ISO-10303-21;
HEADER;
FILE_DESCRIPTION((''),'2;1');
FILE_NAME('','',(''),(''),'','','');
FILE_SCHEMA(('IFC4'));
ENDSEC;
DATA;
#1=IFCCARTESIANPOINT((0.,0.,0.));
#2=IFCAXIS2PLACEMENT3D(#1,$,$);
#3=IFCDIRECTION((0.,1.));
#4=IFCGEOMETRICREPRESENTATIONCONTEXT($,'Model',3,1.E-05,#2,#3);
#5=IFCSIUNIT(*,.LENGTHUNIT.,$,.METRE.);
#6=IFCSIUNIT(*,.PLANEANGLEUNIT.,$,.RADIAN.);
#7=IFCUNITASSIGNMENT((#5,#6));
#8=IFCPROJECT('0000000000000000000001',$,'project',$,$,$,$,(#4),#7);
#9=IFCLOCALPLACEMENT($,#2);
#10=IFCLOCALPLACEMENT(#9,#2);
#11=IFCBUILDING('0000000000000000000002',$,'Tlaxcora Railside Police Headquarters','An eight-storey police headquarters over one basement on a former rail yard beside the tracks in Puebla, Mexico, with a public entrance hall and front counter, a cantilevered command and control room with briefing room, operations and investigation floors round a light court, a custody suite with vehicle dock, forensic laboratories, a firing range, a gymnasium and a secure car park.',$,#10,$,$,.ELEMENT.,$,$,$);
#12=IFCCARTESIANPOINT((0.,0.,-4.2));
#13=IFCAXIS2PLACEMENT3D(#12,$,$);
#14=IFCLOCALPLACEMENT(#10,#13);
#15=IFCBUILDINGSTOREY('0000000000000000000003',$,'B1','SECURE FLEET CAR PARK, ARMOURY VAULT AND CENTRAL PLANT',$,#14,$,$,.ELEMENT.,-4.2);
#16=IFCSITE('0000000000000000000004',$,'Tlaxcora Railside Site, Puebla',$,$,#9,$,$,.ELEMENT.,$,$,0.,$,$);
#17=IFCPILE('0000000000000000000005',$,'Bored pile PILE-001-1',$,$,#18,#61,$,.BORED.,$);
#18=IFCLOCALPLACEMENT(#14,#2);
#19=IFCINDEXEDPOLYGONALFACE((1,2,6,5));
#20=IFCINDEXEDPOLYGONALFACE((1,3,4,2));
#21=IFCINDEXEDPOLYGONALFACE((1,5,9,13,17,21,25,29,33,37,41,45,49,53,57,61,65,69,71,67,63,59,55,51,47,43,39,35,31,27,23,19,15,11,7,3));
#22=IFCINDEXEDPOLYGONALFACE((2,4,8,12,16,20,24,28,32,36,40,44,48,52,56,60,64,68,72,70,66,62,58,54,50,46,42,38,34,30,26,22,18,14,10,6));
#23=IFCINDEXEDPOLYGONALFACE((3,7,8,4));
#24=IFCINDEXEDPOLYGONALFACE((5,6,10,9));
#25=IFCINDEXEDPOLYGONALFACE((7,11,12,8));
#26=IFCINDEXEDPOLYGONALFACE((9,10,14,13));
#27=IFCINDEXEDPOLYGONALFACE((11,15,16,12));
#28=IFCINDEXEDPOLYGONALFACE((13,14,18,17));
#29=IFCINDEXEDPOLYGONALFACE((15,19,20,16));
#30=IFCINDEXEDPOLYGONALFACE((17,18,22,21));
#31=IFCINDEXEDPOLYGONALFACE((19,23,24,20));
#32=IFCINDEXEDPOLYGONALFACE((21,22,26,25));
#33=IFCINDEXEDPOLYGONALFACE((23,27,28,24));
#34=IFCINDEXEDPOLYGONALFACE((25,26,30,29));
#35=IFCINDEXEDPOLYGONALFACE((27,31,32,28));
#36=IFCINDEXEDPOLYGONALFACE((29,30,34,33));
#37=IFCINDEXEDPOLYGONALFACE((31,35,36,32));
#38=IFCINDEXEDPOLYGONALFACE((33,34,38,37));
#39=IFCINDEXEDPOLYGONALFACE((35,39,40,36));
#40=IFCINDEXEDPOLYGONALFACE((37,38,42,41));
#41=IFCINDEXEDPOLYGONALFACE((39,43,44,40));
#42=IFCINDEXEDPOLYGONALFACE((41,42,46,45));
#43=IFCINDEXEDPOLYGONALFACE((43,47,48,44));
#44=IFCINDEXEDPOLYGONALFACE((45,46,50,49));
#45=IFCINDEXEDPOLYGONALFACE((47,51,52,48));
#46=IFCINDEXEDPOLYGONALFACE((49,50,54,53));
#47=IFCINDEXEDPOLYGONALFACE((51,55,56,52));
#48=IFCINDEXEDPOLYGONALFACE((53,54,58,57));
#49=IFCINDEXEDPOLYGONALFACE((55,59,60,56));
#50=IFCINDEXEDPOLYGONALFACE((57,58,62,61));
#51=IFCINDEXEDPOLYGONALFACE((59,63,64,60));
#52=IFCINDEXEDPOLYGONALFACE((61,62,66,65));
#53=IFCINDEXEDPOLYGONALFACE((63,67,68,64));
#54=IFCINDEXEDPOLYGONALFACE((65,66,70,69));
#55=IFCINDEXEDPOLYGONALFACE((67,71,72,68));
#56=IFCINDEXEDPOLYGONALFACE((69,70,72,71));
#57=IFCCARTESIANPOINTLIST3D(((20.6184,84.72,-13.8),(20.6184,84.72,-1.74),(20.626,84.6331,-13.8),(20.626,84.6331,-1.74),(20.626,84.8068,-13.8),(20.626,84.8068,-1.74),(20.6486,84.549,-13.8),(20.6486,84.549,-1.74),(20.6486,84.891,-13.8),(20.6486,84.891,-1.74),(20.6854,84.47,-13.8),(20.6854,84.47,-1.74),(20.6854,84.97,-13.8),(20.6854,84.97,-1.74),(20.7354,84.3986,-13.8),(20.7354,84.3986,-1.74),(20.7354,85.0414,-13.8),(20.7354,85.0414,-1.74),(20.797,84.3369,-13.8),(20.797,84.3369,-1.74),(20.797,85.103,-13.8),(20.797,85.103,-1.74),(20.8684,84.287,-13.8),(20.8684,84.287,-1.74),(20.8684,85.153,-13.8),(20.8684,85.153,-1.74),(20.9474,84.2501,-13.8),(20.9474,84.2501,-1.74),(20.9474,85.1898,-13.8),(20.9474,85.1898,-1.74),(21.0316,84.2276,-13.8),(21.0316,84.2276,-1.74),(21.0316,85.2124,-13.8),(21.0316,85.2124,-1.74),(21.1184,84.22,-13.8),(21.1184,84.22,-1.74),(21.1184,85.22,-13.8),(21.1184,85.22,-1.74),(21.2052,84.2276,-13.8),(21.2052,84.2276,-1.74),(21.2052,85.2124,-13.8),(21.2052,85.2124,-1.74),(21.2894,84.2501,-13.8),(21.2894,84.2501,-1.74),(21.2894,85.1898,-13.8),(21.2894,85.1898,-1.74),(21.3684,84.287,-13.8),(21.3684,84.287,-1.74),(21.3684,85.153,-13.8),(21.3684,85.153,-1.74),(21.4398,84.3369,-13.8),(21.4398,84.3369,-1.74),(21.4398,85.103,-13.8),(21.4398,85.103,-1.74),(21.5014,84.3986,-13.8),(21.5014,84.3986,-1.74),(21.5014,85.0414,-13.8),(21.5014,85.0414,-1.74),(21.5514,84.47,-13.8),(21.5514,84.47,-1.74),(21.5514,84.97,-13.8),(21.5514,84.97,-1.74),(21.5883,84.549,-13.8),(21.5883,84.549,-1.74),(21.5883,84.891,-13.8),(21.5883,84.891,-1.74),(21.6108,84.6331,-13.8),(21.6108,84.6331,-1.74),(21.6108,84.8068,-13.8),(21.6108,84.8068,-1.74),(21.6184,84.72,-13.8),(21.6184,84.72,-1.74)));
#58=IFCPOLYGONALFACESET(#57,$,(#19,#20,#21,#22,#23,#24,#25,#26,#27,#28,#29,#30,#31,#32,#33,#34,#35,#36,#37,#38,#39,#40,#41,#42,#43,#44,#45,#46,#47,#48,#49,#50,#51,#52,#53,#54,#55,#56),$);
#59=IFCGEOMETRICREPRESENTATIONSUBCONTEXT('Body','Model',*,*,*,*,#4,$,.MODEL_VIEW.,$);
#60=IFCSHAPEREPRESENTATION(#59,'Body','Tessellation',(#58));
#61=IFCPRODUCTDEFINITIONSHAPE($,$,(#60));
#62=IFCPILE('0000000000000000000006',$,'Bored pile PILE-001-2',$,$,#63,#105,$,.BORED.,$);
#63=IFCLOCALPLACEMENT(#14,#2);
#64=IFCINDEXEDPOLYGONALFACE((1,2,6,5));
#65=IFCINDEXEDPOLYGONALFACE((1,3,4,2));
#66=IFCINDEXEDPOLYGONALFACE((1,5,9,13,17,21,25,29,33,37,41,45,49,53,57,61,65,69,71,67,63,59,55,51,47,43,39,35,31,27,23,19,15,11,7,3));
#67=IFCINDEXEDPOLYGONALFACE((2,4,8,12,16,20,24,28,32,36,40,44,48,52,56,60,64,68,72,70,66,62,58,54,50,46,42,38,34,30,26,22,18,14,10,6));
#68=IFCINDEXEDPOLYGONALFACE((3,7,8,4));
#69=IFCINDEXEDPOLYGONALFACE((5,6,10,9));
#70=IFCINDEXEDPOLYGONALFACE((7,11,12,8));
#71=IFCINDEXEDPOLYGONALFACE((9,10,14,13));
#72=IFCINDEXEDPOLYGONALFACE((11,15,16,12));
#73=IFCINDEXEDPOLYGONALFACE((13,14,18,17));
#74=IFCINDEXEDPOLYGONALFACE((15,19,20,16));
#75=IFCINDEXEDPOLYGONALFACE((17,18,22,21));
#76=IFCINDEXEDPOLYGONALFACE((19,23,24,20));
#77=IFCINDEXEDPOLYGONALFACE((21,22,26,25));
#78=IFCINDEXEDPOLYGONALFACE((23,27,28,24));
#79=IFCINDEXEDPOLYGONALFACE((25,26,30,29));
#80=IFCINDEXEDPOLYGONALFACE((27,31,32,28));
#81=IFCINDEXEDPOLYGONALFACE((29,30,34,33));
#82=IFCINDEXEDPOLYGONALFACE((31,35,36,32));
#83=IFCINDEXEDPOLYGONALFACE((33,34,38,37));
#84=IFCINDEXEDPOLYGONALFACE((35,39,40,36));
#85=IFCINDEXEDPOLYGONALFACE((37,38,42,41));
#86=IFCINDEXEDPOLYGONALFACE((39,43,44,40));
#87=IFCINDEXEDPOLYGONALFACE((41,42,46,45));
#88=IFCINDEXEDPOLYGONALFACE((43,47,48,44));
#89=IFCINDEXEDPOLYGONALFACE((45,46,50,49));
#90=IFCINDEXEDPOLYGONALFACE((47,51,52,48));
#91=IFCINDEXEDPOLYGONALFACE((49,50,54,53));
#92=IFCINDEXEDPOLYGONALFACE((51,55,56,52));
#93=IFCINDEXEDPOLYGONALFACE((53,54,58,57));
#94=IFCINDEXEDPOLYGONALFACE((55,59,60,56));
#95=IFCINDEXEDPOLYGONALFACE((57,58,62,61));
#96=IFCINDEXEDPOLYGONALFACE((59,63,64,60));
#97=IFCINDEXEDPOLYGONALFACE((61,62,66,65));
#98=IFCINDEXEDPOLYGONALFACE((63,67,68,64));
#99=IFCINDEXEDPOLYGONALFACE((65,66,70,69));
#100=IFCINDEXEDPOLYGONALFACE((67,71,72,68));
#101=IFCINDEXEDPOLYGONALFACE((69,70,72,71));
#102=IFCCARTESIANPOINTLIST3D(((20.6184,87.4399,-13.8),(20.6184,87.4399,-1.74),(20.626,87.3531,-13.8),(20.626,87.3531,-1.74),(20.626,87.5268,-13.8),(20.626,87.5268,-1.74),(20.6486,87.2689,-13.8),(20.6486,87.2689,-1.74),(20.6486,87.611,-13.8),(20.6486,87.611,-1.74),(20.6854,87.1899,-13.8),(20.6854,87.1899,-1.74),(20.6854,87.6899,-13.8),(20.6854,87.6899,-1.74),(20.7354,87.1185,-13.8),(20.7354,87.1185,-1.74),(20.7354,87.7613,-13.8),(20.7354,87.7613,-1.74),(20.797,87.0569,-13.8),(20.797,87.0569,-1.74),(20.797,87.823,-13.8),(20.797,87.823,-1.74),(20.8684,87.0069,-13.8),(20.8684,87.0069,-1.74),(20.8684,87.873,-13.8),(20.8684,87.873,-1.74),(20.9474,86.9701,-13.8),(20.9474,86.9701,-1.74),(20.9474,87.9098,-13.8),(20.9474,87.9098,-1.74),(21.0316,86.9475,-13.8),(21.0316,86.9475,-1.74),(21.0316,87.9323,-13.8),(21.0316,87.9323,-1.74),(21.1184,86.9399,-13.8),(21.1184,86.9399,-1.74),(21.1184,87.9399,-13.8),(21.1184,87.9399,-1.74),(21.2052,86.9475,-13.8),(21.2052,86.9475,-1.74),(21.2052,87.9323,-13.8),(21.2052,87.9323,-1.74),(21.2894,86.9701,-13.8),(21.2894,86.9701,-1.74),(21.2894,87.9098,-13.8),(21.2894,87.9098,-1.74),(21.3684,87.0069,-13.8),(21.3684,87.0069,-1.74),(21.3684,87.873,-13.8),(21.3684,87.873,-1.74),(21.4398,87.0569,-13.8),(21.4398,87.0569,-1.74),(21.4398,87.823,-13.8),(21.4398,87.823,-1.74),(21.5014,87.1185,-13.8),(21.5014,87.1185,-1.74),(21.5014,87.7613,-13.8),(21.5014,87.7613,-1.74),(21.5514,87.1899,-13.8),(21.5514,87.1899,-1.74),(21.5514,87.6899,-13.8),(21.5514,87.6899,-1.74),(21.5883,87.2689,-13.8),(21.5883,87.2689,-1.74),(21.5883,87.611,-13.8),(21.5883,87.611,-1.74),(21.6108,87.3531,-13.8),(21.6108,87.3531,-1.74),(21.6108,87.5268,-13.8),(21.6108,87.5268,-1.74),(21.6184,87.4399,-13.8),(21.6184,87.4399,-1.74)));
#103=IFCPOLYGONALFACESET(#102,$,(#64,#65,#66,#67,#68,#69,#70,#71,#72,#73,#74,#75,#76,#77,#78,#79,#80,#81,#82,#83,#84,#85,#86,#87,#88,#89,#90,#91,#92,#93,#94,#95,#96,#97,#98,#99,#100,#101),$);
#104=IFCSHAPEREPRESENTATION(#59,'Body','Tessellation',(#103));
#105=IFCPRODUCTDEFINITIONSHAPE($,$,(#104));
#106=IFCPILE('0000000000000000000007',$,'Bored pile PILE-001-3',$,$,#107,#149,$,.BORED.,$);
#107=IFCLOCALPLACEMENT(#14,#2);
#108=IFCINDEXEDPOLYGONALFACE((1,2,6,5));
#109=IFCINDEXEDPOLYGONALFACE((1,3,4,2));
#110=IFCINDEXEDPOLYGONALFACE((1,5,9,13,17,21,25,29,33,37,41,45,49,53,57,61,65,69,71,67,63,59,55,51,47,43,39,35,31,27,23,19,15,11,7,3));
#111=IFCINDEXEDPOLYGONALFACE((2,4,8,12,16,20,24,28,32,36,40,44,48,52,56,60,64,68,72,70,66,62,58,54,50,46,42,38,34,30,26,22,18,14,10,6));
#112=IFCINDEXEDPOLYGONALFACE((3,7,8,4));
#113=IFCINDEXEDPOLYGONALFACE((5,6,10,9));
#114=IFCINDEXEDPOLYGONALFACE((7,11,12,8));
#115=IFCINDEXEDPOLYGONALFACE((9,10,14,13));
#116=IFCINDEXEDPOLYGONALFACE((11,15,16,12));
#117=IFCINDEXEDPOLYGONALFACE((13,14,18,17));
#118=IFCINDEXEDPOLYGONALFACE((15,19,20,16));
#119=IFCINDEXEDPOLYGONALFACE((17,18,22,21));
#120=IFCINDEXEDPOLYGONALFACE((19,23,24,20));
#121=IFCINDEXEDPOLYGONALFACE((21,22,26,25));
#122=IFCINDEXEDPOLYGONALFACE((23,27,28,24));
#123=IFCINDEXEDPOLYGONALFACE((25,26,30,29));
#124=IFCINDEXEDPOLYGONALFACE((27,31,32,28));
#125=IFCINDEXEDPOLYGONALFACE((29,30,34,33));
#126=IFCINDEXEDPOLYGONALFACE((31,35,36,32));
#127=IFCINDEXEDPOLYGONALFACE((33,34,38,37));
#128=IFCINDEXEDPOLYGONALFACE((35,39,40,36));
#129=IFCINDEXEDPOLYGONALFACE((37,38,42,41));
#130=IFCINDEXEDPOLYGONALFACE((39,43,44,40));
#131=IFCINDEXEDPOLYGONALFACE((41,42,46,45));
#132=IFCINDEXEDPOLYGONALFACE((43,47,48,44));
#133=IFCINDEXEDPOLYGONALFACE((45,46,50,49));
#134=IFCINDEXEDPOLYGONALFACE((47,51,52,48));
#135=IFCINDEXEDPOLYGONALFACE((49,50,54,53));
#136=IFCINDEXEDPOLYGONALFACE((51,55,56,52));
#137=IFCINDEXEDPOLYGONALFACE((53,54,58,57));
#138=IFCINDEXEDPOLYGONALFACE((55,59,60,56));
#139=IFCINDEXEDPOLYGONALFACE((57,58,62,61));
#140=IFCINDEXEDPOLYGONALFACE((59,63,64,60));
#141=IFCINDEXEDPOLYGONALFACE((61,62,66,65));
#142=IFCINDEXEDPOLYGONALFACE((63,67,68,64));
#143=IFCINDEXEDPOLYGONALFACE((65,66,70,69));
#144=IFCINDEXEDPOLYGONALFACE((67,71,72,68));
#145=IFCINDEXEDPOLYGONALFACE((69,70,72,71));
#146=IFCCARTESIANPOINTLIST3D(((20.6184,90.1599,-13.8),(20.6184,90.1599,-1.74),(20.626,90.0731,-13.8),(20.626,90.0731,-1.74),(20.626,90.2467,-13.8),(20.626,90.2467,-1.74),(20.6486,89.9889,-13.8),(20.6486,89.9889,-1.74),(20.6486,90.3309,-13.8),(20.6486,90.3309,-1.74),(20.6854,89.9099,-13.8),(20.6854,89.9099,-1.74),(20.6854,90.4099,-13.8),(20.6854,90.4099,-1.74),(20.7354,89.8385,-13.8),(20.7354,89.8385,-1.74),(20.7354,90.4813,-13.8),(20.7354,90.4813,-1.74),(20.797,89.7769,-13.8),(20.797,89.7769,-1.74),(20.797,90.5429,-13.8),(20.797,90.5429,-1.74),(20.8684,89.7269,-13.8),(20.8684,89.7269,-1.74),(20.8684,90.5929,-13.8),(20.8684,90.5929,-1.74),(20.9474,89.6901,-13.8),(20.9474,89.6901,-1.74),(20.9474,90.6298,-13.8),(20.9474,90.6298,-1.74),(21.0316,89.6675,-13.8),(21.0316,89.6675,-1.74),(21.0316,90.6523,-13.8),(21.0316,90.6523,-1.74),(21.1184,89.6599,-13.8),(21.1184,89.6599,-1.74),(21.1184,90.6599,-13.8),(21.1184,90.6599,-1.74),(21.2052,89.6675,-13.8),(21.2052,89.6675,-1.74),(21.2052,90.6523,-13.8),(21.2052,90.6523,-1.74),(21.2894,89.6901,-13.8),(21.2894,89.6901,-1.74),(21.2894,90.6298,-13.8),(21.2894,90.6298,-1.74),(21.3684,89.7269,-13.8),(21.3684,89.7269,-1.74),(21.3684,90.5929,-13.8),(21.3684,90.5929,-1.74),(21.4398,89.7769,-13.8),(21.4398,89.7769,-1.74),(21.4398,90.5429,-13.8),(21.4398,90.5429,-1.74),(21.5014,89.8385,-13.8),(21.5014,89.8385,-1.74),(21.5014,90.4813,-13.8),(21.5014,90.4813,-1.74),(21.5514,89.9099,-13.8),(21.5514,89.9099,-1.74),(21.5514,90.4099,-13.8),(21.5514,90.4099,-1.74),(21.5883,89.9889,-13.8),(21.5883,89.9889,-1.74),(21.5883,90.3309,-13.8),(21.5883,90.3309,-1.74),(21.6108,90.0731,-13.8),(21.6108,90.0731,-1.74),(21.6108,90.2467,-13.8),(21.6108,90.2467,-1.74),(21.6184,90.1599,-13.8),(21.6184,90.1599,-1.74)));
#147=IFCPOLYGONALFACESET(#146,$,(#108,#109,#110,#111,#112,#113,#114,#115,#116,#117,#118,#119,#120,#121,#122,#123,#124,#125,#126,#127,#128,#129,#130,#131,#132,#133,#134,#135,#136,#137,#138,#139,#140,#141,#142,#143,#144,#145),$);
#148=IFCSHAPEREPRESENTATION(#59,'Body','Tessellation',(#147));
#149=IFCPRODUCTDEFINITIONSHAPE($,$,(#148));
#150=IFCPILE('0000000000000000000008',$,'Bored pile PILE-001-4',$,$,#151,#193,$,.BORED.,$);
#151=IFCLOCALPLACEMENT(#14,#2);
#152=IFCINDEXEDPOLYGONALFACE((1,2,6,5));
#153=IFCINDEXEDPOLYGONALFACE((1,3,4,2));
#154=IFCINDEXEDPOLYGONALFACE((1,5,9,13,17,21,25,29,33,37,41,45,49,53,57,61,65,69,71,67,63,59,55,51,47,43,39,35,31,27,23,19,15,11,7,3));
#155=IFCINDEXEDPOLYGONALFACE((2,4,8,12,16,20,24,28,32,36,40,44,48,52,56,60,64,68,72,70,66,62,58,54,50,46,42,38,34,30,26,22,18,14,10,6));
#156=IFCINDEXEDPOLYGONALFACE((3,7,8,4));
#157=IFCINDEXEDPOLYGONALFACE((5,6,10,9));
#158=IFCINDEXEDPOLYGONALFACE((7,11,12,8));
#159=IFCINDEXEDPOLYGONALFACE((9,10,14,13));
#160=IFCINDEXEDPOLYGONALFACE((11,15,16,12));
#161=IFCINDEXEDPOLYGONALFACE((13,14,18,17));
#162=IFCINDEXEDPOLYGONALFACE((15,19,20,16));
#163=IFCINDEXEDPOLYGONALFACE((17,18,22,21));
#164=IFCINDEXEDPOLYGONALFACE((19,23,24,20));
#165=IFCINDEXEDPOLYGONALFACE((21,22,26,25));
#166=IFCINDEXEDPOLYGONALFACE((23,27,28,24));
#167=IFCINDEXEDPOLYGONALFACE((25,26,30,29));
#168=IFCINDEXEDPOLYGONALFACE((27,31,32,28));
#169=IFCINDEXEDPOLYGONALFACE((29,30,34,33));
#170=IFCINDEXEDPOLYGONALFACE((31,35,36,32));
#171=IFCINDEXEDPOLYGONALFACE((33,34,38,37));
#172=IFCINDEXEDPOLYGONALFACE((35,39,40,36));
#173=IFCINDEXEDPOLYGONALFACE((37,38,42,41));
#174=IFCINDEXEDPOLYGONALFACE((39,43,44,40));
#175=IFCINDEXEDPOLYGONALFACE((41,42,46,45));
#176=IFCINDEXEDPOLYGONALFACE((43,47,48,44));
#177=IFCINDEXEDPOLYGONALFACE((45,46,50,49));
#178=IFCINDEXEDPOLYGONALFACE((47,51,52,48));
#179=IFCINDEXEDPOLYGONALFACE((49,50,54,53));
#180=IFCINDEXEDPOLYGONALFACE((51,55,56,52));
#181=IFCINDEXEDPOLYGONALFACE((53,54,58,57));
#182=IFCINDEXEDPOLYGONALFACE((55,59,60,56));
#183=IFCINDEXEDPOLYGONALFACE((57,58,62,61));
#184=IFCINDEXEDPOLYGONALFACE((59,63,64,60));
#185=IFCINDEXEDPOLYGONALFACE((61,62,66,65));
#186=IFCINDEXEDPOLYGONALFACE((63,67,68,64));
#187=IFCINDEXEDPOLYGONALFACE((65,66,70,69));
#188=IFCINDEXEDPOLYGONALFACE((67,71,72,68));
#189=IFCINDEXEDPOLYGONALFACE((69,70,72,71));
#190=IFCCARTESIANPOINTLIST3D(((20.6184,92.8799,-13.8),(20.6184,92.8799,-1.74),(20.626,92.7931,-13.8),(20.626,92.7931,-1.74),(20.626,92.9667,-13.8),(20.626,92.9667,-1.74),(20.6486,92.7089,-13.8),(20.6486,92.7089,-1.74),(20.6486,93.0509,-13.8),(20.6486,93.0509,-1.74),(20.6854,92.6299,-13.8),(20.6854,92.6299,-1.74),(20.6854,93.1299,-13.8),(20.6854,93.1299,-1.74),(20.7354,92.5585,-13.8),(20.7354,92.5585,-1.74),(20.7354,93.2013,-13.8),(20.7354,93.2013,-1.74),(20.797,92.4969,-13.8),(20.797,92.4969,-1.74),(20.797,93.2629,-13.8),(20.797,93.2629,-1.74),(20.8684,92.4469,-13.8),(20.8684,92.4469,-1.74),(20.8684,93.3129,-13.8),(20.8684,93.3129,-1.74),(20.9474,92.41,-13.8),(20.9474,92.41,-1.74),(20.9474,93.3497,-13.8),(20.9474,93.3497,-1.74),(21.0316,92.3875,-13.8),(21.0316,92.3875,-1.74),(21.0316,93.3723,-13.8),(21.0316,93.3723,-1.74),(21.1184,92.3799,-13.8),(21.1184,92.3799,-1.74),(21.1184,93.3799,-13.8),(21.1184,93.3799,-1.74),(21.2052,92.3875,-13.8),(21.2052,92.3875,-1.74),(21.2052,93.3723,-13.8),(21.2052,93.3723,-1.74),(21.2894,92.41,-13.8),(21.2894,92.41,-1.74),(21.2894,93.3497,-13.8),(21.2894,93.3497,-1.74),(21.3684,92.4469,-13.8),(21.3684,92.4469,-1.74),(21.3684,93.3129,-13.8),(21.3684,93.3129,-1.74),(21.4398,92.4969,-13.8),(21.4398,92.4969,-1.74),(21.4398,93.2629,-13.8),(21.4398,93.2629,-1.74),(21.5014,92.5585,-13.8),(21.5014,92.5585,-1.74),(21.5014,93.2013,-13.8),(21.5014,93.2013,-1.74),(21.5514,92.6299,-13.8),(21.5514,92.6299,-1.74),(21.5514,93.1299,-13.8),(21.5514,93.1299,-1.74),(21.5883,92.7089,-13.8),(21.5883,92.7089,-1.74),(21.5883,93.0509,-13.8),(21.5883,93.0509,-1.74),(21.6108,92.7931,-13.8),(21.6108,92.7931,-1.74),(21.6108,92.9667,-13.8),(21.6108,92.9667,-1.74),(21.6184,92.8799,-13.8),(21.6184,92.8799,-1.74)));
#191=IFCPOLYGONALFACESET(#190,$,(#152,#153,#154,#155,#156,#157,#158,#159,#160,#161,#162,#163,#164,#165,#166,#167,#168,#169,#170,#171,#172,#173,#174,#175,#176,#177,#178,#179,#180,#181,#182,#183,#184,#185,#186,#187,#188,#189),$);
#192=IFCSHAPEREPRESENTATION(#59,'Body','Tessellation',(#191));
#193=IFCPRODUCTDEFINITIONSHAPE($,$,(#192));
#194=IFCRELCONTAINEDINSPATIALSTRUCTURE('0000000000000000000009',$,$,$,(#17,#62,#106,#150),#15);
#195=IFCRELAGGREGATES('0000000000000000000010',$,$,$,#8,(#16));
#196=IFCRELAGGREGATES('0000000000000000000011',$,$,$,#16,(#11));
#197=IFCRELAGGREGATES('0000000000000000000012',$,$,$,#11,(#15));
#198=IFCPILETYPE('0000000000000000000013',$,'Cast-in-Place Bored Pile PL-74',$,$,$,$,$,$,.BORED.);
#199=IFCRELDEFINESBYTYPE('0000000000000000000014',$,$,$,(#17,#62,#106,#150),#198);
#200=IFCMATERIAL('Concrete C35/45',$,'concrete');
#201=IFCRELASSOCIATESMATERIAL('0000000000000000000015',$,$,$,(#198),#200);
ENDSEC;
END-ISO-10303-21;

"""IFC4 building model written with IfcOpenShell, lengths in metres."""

from ifc_helpers import new_model, si_unit, direction, frame, origin, origin_2d, place, context, subcontext, project, spatial, circle, extrude, material, material_profile, profile_set, type_object, element, save


model = new_model("IFC4")

# Units and contexts
model_context = context("Model", 3, precision=1e-05, world=origin(), true_north=direction((0.0, 1.0)))
body_context = subcontext(model_context, "Body", "Model", "MODEL_VIEW")
ifc_project = project(units=[si_unit("LENGTHUNIT", "METRE"), si_unit("PLANEANGLEUNIT", "RADIAN")], contexts=[model_context])

# Site, building, storey
site_placement = place(None, origin())
site = spatial("IfcSite", under=ifc_project, at=site_placement, Name="Tlaxcora Railside Site, Puebla", CompositionType="ELEMENT", RefElevation=0.0)
building_placement = place(site_placement, origin())
building = spatial("IfcBuilding", under=site, at=building_placement, Name="Tlaxcora Railside Police Headquarters", Description="An eight-storey police headquarters over one basement on a former rail yard beside the tracks in Puebla, Mexico, with a public entrance hall and front counter, a cantilevered command and control room with briefing room, operations and investigation floors round a light court, a custody suite with vehicle dock, forensic laboratories, a firing range, a gymnasium and a secure car park.", CompositionType="ELEMENT")
storey_placement = place(building_placement, frame((0.0, 0.0, -4.2)))
storey = spatial("IfcBuildingStorey", under=building, at=storey_placement, Name="B1", Description="SECURE FLEET CAR PARK, ARMOURY VAULT AND CENTRAL PLANT", CompositionType="ELEMENT", Elevation=-4.2)

# Piles
ifc_material_1 = material(Name="Concrete C35/45", Category="concrete")
ifc_material_profile_1 = material_profile(ifc_material_1, circle(Radius=0.5, at=origin_2d()), Name="PILE1000")
ifc_profile_set_1 = profile_set([ifc_material_profile_1], Name="Concrete C35/45")
pile_type_1 = type_object("IfcPileType", Name="Cast-in-Place Bored Pile PL-74", PredefinedType="BORED", material=ifc_profile_set_1)
for number, where, z_axis, x_axis, name in (
    (1, (21.1184, 84.72, -1.74), (0.0, 0.0, -1.0), (1.0, 0.0, 0.0), "Bored pile PILE-001-1"),
    (2, (21.1184, 87.4399, -1.74), (0.0, 0.0, -1.0), (1.0, 0.0, 0.0), "Bored pile PILE-001-2"),
    (3, (21.1184, 90.1599, -1.74), (0.0, 0.0, -1.0), (1.0, 0.0, 0.0), "Bored pile PILE-001-3"),
    (4, (21.1184, 92.8799, -1.74), (0.0, 0.0, -1.0), (1.0, 0.0, 0.0), "Bored pile PILE-001-4"),
):
    element("IfcPile", number, at=place(storey_placement, frame(where, z_axis=z_axis, x_axis=x_axis)), inside=storey, type_object=pile_type_1, Name=name, PredefinedType="BORED", context=body_context, shape_type="SweptSolid", body=[
        extrude(circle(Radius=0.5, at=origin_2d()), origin(), (0.0, 0.0, 1.0), 12.0601),
    ])

save(model, "model.ifc")
